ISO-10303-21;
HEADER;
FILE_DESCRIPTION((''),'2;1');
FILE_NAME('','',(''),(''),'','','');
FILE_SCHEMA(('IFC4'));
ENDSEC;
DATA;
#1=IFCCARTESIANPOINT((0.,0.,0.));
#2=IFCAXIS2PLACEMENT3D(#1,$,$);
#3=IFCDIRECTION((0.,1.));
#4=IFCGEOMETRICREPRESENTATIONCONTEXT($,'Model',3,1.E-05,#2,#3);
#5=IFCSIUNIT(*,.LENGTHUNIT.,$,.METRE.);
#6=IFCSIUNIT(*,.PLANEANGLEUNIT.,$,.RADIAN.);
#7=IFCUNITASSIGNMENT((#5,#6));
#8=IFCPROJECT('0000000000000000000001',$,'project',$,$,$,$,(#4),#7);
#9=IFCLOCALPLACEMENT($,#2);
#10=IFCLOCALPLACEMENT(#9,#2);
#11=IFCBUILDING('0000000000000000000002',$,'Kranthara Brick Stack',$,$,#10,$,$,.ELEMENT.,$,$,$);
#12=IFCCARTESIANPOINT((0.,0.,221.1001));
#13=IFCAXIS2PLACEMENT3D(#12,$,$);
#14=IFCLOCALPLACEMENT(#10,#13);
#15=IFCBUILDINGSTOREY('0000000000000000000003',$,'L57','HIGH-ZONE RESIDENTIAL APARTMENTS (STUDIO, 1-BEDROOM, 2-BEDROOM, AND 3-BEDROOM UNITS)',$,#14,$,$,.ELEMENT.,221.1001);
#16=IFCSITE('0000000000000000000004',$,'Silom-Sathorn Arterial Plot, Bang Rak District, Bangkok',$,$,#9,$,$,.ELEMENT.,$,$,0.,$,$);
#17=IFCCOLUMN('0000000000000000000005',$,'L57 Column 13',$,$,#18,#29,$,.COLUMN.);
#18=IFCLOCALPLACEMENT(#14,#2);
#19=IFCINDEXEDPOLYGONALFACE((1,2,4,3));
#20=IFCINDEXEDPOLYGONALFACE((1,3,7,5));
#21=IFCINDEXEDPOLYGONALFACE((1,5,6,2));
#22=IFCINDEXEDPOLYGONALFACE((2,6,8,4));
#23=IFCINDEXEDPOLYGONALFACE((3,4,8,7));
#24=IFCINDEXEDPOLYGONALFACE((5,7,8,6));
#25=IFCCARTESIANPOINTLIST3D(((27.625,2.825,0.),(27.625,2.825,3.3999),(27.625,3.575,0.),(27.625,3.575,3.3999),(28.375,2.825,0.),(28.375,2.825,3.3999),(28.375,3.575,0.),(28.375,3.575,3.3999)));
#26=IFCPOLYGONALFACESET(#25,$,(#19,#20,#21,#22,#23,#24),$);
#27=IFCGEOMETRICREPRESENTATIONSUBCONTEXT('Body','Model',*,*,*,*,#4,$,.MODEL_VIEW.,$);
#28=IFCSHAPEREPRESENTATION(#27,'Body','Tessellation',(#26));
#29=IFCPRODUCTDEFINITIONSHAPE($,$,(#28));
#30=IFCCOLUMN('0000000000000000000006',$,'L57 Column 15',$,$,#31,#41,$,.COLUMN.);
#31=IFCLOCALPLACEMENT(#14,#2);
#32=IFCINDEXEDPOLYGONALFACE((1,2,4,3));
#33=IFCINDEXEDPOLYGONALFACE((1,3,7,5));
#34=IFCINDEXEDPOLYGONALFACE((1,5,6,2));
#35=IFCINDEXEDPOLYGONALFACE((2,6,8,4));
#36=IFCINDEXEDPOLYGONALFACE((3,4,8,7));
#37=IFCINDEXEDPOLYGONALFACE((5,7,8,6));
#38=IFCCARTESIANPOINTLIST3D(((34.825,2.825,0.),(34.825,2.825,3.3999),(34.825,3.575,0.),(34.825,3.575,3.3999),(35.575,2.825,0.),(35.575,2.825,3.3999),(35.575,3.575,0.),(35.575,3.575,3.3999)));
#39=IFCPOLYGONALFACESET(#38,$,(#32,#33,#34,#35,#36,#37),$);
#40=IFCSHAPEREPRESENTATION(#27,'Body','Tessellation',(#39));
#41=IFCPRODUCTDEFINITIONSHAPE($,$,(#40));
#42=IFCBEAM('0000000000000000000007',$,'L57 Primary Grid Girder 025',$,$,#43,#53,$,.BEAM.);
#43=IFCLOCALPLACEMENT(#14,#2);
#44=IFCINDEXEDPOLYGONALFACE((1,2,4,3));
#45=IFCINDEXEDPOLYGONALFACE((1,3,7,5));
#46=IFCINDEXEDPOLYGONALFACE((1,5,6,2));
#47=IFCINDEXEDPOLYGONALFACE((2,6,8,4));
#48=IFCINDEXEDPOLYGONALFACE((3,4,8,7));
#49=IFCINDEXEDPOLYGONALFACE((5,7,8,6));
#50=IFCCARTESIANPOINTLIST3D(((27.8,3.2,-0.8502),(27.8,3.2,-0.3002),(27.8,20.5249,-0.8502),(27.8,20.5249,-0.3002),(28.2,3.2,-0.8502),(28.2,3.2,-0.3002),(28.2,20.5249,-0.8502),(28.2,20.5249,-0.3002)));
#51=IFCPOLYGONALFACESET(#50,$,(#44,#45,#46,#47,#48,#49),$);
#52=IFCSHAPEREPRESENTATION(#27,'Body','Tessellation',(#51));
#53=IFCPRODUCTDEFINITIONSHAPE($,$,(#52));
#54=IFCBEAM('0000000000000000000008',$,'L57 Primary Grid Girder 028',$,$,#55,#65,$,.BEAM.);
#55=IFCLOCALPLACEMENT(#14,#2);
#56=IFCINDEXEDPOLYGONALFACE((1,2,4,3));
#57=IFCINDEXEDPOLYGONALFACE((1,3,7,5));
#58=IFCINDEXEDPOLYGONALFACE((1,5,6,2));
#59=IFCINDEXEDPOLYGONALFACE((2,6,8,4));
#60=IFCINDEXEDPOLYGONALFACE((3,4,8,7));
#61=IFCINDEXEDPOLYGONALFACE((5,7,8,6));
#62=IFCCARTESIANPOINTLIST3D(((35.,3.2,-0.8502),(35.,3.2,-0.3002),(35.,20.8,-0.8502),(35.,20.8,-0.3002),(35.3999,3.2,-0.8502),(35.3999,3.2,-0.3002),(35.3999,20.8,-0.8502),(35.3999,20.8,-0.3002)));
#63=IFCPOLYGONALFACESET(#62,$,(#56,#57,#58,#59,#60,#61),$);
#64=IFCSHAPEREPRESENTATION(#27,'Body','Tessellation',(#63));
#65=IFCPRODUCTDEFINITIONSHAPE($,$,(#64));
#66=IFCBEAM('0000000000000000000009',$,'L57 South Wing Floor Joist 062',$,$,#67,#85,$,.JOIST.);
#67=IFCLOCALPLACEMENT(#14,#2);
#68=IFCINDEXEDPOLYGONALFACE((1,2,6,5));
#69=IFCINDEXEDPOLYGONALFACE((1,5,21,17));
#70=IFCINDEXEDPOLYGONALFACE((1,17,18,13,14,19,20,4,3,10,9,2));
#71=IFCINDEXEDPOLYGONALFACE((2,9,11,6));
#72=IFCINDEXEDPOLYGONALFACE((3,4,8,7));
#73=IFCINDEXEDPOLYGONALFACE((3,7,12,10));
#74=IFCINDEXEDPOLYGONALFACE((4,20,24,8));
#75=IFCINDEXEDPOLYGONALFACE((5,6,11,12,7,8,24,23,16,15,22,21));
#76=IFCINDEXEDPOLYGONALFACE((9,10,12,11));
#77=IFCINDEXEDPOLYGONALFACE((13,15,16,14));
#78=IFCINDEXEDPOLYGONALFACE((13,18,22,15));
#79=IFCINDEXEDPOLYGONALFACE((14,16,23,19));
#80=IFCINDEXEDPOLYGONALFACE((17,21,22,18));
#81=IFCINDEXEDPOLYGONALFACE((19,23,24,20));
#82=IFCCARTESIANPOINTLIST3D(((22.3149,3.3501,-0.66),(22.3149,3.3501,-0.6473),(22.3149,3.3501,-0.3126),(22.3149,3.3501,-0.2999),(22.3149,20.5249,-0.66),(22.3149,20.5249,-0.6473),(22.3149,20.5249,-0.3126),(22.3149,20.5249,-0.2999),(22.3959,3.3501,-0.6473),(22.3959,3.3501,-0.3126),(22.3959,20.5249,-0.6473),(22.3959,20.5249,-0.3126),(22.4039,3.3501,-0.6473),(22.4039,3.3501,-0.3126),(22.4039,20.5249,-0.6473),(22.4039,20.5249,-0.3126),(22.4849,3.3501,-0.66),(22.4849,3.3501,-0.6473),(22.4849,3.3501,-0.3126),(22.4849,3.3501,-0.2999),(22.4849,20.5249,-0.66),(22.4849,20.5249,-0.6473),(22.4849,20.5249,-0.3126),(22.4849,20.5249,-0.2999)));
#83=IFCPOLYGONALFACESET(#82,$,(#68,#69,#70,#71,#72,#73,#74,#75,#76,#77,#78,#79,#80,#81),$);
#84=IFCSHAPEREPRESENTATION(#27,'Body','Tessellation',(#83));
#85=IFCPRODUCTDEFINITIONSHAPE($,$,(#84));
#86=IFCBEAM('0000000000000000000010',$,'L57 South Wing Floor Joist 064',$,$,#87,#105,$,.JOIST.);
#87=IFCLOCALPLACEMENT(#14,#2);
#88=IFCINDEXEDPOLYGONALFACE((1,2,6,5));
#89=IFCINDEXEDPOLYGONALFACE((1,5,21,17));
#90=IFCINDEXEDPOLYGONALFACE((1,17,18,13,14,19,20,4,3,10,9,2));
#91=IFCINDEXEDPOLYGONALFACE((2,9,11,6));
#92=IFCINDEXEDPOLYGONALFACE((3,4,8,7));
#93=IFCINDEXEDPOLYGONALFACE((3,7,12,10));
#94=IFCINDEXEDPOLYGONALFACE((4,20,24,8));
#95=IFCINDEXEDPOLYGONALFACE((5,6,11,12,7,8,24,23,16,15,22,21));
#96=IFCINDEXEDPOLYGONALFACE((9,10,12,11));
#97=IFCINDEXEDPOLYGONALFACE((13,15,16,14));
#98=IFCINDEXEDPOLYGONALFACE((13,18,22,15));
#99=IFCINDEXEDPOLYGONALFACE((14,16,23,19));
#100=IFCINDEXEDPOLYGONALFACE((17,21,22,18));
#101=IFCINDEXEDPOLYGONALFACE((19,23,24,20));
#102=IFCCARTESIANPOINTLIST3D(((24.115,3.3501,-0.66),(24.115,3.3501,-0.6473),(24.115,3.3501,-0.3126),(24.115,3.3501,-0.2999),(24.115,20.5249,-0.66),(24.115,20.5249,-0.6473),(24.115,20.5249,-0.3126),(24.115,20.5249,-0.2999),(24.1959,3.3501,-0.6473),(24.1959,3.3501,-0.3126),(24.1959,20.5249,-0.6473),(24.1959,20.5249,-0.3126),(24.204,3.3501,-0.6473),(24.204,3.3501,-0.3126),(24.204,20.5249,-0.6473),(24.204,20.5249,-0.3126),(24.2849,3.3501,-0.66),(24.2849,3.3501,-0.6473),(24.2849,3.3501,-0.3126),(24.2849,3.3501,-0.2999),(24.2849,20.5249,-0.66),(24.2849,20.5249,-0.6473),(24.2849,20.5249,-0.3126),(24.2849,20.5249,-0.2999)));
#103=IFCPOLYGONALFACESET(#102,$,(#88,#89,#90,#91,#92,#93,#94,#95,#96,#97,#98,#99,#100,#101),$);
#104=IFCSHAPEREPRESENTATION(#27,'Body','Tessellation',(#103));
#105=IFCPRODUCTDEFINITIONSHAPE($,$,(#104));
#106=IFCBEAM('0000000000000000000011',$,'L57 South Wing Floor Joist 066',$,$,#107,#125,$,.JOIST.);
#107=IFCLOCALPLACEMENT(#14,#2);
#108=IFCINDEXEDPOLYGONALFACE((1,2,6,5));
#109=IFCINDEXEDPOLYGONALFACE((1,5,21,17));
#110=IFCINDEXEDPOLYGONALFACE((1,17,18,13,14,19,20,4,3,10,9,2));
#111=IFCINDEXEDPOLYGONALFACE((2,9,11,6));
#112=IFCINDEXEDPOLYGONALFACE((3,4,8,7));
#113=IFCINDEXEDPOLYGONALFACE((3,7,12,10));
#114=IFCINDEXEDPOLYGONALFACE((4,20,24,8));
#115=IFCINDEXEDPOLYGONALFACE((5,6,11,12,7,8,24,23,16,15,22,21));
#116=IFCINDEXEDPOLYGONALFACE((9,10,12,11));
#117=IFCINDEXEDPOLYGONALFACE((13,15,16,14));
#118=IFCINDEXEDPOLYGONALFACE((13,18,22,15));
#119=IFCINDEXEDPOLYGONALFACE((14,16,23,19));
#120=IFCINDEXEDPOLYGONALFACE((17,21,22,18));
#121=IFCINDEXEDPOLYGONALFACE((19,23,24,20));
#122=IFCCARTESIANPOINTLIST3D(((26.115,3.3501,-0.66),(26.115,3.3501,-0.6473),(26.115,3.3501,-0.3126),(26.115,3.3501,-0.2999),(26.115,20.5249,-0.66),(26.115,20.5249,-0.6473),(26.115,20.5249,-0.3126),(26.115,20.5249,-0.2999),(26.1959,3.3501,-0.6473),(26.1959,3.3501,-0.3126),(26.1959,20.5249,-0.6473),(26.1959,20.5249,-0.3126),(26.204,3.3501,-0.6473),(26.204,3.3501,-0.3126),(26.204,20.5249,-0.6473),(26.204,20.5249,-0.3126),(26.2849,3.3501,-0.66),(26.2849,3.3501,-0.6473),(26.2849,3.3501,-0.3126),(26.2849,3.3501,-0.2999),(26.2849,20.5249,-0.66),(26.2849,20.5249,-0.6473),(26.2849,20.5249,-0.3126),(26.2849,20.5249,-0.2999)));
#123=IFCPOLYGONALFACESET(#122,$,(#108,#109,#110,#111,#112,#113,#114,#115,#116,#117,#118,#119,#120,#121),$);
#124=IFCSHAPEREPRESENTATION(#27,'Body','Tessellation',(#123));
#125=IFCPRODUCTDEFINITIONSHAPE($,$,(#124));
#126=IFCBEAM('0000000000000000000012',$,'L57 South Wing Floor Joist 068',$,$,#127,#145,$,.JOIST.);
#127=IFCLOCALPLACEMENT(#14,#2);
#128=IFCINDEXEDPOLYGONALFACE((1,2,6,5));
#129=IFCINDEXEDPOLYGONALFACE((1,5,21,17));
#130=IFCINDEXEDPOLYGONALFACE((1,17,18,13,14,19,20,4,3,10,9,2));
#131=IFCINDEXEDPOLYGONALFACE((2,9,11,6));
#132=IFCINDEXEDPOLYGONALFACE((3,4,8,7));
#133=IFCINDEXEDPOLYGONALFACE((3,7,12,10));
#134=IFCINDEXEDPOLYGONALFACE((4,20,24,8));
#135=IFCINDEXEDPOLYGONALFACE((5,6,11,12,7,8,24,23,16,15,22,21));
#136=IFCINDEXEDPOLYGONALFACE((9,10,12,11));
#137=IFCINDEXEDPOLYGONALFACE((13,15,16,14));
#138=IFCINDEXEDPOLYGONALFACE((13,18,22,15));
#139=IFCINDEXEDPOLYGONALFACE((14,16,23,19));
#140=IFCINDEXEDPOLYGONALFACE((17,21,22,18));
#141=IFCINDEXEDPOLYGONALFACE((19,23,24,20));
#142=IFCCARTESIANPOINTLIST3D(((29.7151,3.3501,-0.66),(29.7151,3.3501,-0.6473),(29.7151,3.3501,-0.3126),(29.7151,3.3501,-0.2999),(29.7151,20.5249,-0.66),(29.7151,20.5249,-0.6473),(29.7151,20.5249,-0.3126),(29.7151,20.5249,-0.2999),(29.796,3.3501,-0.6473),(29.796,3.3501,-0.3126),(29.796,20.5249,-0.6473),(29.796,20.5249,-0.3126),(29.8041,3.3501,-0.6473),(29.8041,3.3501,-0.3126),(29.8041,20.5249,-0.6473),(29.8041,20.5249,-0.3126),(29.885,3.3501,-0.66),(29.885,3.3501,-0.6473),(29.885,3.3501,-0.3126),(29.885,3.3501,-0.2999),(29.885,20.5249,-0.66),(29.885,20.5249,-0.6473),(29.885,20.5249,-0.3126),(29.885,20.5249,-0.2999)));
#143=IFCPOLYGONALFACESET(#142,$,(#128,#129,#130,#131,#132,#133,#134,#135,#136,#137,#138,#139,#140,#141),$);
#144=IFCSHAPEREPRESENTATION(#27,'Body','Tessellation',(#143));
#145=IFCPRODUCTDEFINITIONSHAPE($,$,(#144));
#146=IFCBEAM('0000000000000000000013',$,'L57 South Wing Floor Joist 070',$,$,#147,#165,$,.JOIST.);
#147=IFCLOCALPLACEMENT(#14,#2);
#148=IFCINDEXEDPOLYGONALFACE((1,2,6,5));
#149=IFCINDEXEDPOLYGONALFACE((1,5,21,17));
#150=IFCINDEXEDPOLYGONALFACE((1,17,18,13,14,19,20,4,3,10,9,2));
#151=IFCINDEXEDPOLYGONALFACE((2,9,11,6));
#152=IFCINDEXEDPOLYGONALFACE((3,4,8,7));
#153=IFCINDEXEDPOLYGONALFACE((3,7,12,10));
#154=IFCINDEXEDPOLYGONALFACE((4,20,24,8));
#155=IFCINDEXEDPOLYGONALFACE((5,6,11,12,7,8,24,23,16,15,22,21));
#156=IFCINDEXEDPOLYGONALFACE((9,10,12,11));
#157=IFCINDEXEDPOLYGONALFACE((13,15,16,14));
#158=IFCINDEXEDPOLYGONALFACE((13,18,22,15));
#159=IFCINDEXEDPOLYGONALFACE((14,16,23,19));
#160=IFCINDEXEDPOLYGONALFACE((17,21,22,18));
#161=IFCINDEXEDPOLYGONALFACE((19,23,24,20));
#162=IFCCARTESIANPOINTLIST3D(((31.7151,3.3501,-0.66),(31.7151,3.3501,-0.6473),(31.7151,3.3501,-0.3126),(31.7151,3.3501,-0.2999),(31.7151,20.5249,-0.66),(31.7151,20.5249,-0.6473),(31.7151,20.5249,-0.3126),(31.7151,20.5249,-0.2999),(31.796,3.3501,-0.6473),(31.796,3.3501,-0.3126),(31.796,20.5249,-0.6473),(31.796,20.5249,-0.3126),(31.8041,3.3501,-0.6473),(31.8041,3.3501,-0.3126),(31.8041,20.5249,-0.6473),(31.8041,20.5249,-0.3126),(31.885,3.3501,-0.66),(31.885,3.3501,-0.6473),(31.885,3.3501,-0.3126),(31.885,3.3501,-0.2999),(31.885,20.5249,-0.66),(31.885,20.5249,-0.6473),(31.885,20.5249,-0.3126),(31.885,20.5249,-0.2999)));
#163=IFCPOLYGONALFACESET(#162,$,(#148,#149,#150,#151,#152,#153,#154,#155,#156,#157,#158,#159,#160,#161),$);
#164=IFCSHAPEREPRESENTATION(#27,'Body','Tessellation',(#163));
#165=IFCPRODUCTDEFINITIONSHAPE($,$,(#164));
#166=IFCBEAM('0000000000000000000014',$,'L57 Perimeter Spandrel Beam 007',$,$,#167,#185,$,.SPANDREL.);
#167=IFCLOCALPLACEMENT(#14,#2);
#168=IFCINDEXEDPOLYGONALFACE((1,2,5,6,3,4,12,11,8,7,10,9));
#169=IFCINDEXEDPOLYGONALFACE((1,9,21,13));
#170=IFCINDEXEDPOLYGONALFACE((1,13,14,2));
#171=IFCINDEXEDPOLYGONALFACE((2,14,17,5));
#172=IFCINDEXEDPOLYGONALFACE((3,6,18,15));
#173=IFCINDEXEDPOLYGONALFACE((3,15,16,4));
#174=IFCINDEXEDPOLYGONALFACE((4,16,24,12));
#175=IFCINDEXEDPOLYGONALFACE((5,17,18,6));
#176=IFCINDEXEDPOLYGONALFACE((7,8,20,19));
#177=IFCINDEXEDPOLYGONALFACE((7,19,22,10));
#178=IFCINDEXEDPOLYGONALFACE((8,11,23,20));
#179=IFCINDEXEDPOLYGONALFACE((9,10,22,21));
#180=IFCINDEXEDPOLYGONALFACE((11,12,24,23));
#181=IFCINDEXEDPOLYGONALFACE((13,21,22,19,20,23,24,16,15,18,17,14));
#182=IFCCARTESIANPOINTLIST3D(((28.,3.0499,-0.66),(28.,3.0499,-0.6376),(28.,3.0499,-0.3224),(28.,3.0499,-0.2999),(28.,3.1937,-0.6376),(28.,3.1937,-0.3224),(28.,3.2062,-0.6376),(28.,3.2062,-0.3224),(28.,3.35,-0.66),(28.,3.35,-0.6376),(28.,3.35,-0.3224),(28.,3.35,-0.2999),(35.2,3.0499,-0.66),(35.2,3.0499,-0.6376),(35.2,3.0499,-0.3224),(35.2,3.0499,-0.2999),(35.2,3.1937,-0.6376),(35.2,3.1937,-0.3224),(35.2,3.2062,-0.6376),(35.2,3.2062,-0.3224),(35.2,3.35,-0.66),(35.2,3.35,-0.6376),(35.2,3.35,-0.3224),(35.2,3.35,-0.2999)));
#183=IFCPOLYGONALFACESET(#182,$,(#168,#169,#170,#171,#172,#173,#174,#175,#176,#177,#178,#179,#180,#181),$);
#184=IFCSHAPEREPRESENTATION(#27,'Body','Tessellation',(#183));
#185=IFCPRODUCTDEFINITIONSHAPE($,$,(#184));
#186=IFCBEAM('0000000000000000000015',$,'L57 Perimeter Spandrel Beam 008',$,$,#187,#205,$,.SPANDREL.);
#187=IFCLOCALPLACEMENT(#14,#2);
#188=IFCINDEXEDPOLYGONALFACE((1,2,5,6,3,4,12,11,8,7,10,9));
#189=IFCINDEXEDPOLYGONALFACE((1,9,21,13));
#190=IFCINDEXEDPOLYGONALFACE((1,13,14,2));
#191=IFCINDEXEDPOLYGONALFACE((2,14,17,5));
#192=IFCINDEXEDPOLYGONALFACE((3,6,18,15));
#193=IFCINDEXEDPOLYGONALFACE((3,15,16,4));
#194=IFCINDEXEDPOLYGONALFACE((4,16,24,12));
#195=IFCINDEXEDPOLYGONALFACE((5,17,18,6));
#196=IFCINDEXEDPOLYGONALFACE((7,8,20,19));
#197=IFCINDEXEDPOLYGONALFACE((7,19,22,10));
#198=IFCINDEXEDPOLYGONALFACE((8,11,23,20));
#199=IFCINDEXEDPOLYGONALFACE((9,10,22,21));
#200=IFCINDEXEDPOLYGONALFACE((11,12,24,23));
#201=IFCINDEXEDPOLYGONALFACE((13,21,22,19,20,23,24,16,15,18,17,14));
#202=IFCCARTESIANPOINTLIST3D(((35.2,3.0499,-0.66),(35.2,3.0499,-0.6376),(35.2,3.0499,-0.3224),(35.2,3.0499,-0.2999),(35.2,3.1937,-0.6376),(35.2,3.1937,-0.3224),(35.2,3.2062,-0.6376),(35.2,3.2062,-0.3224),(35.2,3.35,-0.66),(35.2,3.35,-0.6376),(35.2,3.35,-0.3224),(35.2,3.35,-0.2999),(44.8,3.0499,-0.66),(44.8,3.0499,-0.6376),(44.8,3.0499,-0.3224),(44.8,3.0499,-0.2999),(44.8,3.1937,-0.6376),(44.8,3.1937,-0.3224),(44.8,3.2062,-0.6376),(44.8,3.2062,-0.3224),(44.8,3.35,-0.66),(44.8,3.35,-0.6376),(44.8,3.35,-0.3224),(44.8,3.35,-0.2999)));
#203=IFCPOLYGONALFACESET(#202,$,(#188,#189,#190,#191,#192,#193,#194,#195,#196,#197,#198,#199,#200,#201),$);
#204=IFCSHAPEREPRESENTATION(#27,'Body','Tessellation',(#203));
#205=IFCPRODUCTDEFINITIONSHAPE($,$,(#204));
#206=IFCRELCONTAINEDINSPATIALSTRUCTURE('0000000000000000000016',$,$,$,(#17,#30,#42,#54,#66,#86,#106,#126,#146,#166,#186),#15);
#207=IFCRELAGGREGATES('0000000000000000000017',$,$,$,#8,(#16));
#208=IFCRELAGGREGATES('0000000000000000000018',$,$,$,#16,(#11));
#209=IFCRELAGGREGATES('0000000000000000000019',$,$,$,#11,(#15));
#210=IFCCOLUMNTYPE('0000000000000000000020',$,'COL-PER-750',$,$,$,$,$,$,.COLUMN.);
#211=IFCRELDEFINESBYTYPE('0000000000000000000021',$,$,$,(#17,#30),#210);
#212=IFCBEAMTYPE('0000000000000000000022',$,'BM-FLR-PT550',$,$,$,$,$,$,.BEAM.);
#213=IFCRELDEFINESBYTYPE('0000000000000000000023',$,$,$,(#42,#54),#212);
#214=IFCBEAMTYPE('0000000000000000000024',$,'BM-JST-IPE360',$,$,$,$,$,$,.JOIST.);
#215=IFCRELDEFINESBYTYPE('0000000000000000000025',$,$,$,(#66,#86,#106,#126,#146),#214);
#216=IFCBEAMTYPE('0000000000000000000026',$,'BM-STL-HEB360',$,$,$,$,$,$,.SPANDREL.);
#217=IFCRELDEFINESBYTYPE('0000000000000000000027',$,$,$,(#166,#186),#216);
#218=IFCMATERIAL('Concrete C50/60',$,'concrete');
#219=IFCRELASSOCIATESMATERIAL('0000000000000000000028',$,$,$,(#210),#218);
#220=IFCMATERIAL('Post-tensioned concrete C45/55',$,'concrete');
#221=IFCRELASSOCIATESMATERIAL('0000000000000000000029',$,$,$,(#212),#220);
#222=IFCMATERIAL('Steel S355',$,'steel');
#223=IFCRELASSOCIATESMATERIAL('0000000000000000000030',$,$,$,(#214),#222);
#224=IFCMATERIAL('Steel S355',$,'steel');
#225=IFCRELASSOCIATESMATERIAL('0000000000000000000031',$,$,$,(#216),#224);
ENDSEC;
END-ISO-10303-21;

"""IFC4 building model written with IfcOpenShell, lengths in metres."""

from ifc_helpers import new_model, si_unit, direction, frame, origin, origin_2d, place, context, subcontext, project, spatial, rectangle, i_section, extrude, material, material_profile, profile_set, type_object, element, save


model = new_model("IFC4")

# Units and contexts
model_context = context("Model", 3, precision=1e-05, world=origin(), true_north=direction((0.0, 1.0)))
body_context = subcontext(model_context, "Body", "Model", "MODEL_VIEW")
ifc_project = project(units=[si_unit("LENGTHUNIT", "METRE"), si_unit("PLANEANGLEUNIT", "RADIAN")], contexts=[model_context])

# Site, building, storey
site_placement = place(None, origin())
site = spatial("IfcSite", under=ifc_project, at=site_placement, Name="Silom-Sathorn Arterial Plot, Bang Rak District, Bangkok", CompositionType="ELEMENT", RefElevation=0.0)
building_placement = place(site_placement, origin())
building = spatial("IfcBuilding", under=site, at=building_placement, Name="Kranthara Brick Stack", CompositionType="ELEMENT")
storey_placement = place(building_placement, frame((0.0, 0.0, 221.1001)))
storey = spatial("IfcBuildingStorey", under=building, at=storey_placement, Name="L57", Description="HIGH-ZONE RESIDENTIAL APARTMENTS (STUDIO, 1-BEDROOM, 2-BEDROOM, AND 3-BEDROOM UNITS)", CompositionType="ELEMENT", Elevation=221.1001)

# Columns
ifc_material_1 = material(Name="Concrete C50/60", Category="concrete")
ifc_material_profile_1 = material_profile(ifc_material_1, rectangle(XDim=0.75, YDim=0.75, at=origin_2d()), Name="RC 750x750")
ifc_profile_set_1 = profile_set([ifc_material_profile_1], Name="Concrete C50/60")
column_type = type_object("IfcColumnType", Name="COL-PER-750", PredefinedType="COLUMN", material=ifc_profile_set_1)
for number, where, z_axis, x_axis, name in (
    (1, (28.0, 3.2, 0.0), (0.0, 0.0, 1.0), (1.0, 0.0, 0.0), "L57 Column 13"),
    (2, (35.2, 3.2, 0.0), (0.0, 0.0, 1.0), (1.0, 0.0, 0.0), "L57 Column 15"),
):
    element("IfcColumn", number, at=place(storey_placement, frame(where, z_axis=z_axis, x_axis=x_axis)), inside=storey, type_object=column_type, Name=name, PredefinedType="COLUMN", context=body_context, shape_type="SweptSolid", body=[
        extrude(rectangle(XDim=0.75, YDim=0.75, at=origin_2d()), origin(), (0.0, 0.0, 1.0), 3.3999),
    ])

# Beams
ifc_material_2 = material(Name="Post-tensioned concrete C45/55", Category="concrete")
ifc_material_profile_2 = material_profile(ifc_material_2, rectangle(XDim=0.3999, YDim=0.55, at=origin_2d()), Name="PT 400x550")
ifc_profile_set_2 = profile_set([ifc_material_profile_2], Name="Post-tensioned concrete C45/55")
beam_type_1 = type_object("IfcBeamType", Name="BM-FLR-PT550", PredefinedType="BEAM", material=ifc_profile_set_2)
beam_1_placement = place(storey_placement, frame((28.0, 3.2, -0.5752), z_axis=(0.0, 1.0, 0.0), x_axis=(-1.0, 0.0, 0.0)))
element("IfcBeam", 3, at=beam_1_placement, inside=storey, type_object=beam_type_1, Name="L57 Primary Grid Girder 025", PredefinedType="BEAM", context=body_context, shape_type="SweptSolid", body=[
    extrude(rectangle(XDim=0.3999, YDim=0.55, at=origin_2d()), origin(), (0.0, 0.0, 1.0), 17.325),
])
beam_2_placement = place(storey_placement, frame((35.2, 3.2, -0.5752), z_axis=(0.0, 1.0, 0.0), x_axis=(-1.0, 0.0, 0.0)))
element("IfcBeam", 4, at=beam_2_placement, inside=storey, type_object=beam_type_1, Name="L57 Primary Grid Girder 028", PredefinedType="BEAM", context=body_context, shape_type="SweptSolid", body=[
    extrude(rectangle(XDim=0.3999, YDim=0.55, at=origin_2d()), origin(), (0.0, 0.0, 1.0), 17.6001),
])
ifc_material_3 = material(Name="Steel S355", Category="steel")
ifc_material_profile_3 = material_profile(ifc_material_3, i_section(OverallWidth=0.1699, OverallDepth=0.3601, WebThickness=0.0081, FlangeThickness=0.0127, at=origin_2d()), Name="IPE 360")
ifc_profile_set_3 = profile_set([ifc_material_profile_3], Name="Steel S355")
beam_type_2 = type_object("IfcBeamType", Name="BM-JST-IPE360", PredefinedType="JOIST", material=ifc_profile_set_3)
for number, where, z_axis, x_axis, name in (
    (5, (22.3999, 3.3501, -0.48), (0.0, 1.0, 0.0), (-1.0, 0.0, 0.0), "L57 South Wing Floor Joist 062"),
    (6, (24.2, 3.3501, -0.48), (0.0, 1.0, 0.0), (-1.0, 0.0, 0.0), "L57 South Wing Floor Joist 064"),
    (7, (26.2, 3.3501, -0.48), (0.0, 1.0, 0.0), (-1.0, 0.0, 0.0), "L57 South Wing Floor Joist 066"),
    (8, (29.8, 3.3501, -0.48), (0.0, 1.0, 0.0), (-1.0, 0.0, 0.0), "L57 South Wing Floor Joist 068"),
    (9, (31.8, 3.3501, -0.48), (0.0, 1.0, 0.0), (-1.0, 0.0, 0.0), "L57 South Wing Floor Joist 070"),
):
    element("IfcBeam", number, at=place(storey_placement, frame(where, z_axis=z_axis, x_axis=x_axis)), inside=storey, type_object=beam_type_2, Name=name, PredefinedType="JOIST", context=body_context, shape_type="SweptSolid", body=[
        extrude(i_section(OverallWidth=0.1699, OverallDepth=0.3601, WebThickness=0.0081, FlangeThickness=0.0127, at=origin_2d()), origin(), (0.0, 0.0, 1.0), 17.1748),
    ])
ifc_material_4 = material(Name="Steel S355", Category="steel")
ifc_material_profile_4 = material_profile(ifc_material_4, i_section(OverallWidth=0.3, OverallDepth=0.3601, WebThickness=0.0125, FlangeThickness=0.0225, at=origin_2d()), Name="HEB 360")
ifc_profile_set_4 = profile_set([ifc_material_profile_4], Name="Steel S355")
beam_type_3 = type_object("IfcBeamType", Name="BM-STL-HEB360", PredefinedType="SPANDREL", material=ifc_profile_set_4)
beam_3_placement = place(storey_placement, frame((28.0, 3.2, -0.48), z_axis=(1.0, 0.0, 0.0), x_axis=(0.0, 1.0, 0.0)))
element("IfcBeam", 10, at=beam_3_placement, inside=storey, type_object=beam_type_3, Name="L57 Perimeter Spandrel Beam 007", PredefinedType="SPANDREL", context=body_context, shape_type="SweptSolid", body=[
    extrude(i_section(OverallWidth=0.3, OverallDepth=0.3601, WebThickness=0.0125, FlangeThickness=0.0225, at=origin_2d()), origin(), (0.0, 0.0, 1.0), 7.2),
])
beam_4_placement = place(storey_placement, frame((35.2, 3.2, -0.48), z_axis=(1.0, 0.0, 0.0), x_axis=(0.0, 1.0, 0.0)))
element("IfcBeam", 11, at=beam_4_placement, inside=storey, type_object=beam_type_3, Name="L57 Perimeter Spandrel Beam 008", PredefinedType="SPANDREL", context=body_context, shape_type="SweptSolid", body=[
    extrude(i_section(OverallWidth=0.3, OverallDepth=0.3601, WebThickness=0.0125, FlangeThickness=0.0225, at=origin_2d()), origin(), (0.0, 0.0, 1.0), 9.6001),
])

save(model, "model.ifc")
